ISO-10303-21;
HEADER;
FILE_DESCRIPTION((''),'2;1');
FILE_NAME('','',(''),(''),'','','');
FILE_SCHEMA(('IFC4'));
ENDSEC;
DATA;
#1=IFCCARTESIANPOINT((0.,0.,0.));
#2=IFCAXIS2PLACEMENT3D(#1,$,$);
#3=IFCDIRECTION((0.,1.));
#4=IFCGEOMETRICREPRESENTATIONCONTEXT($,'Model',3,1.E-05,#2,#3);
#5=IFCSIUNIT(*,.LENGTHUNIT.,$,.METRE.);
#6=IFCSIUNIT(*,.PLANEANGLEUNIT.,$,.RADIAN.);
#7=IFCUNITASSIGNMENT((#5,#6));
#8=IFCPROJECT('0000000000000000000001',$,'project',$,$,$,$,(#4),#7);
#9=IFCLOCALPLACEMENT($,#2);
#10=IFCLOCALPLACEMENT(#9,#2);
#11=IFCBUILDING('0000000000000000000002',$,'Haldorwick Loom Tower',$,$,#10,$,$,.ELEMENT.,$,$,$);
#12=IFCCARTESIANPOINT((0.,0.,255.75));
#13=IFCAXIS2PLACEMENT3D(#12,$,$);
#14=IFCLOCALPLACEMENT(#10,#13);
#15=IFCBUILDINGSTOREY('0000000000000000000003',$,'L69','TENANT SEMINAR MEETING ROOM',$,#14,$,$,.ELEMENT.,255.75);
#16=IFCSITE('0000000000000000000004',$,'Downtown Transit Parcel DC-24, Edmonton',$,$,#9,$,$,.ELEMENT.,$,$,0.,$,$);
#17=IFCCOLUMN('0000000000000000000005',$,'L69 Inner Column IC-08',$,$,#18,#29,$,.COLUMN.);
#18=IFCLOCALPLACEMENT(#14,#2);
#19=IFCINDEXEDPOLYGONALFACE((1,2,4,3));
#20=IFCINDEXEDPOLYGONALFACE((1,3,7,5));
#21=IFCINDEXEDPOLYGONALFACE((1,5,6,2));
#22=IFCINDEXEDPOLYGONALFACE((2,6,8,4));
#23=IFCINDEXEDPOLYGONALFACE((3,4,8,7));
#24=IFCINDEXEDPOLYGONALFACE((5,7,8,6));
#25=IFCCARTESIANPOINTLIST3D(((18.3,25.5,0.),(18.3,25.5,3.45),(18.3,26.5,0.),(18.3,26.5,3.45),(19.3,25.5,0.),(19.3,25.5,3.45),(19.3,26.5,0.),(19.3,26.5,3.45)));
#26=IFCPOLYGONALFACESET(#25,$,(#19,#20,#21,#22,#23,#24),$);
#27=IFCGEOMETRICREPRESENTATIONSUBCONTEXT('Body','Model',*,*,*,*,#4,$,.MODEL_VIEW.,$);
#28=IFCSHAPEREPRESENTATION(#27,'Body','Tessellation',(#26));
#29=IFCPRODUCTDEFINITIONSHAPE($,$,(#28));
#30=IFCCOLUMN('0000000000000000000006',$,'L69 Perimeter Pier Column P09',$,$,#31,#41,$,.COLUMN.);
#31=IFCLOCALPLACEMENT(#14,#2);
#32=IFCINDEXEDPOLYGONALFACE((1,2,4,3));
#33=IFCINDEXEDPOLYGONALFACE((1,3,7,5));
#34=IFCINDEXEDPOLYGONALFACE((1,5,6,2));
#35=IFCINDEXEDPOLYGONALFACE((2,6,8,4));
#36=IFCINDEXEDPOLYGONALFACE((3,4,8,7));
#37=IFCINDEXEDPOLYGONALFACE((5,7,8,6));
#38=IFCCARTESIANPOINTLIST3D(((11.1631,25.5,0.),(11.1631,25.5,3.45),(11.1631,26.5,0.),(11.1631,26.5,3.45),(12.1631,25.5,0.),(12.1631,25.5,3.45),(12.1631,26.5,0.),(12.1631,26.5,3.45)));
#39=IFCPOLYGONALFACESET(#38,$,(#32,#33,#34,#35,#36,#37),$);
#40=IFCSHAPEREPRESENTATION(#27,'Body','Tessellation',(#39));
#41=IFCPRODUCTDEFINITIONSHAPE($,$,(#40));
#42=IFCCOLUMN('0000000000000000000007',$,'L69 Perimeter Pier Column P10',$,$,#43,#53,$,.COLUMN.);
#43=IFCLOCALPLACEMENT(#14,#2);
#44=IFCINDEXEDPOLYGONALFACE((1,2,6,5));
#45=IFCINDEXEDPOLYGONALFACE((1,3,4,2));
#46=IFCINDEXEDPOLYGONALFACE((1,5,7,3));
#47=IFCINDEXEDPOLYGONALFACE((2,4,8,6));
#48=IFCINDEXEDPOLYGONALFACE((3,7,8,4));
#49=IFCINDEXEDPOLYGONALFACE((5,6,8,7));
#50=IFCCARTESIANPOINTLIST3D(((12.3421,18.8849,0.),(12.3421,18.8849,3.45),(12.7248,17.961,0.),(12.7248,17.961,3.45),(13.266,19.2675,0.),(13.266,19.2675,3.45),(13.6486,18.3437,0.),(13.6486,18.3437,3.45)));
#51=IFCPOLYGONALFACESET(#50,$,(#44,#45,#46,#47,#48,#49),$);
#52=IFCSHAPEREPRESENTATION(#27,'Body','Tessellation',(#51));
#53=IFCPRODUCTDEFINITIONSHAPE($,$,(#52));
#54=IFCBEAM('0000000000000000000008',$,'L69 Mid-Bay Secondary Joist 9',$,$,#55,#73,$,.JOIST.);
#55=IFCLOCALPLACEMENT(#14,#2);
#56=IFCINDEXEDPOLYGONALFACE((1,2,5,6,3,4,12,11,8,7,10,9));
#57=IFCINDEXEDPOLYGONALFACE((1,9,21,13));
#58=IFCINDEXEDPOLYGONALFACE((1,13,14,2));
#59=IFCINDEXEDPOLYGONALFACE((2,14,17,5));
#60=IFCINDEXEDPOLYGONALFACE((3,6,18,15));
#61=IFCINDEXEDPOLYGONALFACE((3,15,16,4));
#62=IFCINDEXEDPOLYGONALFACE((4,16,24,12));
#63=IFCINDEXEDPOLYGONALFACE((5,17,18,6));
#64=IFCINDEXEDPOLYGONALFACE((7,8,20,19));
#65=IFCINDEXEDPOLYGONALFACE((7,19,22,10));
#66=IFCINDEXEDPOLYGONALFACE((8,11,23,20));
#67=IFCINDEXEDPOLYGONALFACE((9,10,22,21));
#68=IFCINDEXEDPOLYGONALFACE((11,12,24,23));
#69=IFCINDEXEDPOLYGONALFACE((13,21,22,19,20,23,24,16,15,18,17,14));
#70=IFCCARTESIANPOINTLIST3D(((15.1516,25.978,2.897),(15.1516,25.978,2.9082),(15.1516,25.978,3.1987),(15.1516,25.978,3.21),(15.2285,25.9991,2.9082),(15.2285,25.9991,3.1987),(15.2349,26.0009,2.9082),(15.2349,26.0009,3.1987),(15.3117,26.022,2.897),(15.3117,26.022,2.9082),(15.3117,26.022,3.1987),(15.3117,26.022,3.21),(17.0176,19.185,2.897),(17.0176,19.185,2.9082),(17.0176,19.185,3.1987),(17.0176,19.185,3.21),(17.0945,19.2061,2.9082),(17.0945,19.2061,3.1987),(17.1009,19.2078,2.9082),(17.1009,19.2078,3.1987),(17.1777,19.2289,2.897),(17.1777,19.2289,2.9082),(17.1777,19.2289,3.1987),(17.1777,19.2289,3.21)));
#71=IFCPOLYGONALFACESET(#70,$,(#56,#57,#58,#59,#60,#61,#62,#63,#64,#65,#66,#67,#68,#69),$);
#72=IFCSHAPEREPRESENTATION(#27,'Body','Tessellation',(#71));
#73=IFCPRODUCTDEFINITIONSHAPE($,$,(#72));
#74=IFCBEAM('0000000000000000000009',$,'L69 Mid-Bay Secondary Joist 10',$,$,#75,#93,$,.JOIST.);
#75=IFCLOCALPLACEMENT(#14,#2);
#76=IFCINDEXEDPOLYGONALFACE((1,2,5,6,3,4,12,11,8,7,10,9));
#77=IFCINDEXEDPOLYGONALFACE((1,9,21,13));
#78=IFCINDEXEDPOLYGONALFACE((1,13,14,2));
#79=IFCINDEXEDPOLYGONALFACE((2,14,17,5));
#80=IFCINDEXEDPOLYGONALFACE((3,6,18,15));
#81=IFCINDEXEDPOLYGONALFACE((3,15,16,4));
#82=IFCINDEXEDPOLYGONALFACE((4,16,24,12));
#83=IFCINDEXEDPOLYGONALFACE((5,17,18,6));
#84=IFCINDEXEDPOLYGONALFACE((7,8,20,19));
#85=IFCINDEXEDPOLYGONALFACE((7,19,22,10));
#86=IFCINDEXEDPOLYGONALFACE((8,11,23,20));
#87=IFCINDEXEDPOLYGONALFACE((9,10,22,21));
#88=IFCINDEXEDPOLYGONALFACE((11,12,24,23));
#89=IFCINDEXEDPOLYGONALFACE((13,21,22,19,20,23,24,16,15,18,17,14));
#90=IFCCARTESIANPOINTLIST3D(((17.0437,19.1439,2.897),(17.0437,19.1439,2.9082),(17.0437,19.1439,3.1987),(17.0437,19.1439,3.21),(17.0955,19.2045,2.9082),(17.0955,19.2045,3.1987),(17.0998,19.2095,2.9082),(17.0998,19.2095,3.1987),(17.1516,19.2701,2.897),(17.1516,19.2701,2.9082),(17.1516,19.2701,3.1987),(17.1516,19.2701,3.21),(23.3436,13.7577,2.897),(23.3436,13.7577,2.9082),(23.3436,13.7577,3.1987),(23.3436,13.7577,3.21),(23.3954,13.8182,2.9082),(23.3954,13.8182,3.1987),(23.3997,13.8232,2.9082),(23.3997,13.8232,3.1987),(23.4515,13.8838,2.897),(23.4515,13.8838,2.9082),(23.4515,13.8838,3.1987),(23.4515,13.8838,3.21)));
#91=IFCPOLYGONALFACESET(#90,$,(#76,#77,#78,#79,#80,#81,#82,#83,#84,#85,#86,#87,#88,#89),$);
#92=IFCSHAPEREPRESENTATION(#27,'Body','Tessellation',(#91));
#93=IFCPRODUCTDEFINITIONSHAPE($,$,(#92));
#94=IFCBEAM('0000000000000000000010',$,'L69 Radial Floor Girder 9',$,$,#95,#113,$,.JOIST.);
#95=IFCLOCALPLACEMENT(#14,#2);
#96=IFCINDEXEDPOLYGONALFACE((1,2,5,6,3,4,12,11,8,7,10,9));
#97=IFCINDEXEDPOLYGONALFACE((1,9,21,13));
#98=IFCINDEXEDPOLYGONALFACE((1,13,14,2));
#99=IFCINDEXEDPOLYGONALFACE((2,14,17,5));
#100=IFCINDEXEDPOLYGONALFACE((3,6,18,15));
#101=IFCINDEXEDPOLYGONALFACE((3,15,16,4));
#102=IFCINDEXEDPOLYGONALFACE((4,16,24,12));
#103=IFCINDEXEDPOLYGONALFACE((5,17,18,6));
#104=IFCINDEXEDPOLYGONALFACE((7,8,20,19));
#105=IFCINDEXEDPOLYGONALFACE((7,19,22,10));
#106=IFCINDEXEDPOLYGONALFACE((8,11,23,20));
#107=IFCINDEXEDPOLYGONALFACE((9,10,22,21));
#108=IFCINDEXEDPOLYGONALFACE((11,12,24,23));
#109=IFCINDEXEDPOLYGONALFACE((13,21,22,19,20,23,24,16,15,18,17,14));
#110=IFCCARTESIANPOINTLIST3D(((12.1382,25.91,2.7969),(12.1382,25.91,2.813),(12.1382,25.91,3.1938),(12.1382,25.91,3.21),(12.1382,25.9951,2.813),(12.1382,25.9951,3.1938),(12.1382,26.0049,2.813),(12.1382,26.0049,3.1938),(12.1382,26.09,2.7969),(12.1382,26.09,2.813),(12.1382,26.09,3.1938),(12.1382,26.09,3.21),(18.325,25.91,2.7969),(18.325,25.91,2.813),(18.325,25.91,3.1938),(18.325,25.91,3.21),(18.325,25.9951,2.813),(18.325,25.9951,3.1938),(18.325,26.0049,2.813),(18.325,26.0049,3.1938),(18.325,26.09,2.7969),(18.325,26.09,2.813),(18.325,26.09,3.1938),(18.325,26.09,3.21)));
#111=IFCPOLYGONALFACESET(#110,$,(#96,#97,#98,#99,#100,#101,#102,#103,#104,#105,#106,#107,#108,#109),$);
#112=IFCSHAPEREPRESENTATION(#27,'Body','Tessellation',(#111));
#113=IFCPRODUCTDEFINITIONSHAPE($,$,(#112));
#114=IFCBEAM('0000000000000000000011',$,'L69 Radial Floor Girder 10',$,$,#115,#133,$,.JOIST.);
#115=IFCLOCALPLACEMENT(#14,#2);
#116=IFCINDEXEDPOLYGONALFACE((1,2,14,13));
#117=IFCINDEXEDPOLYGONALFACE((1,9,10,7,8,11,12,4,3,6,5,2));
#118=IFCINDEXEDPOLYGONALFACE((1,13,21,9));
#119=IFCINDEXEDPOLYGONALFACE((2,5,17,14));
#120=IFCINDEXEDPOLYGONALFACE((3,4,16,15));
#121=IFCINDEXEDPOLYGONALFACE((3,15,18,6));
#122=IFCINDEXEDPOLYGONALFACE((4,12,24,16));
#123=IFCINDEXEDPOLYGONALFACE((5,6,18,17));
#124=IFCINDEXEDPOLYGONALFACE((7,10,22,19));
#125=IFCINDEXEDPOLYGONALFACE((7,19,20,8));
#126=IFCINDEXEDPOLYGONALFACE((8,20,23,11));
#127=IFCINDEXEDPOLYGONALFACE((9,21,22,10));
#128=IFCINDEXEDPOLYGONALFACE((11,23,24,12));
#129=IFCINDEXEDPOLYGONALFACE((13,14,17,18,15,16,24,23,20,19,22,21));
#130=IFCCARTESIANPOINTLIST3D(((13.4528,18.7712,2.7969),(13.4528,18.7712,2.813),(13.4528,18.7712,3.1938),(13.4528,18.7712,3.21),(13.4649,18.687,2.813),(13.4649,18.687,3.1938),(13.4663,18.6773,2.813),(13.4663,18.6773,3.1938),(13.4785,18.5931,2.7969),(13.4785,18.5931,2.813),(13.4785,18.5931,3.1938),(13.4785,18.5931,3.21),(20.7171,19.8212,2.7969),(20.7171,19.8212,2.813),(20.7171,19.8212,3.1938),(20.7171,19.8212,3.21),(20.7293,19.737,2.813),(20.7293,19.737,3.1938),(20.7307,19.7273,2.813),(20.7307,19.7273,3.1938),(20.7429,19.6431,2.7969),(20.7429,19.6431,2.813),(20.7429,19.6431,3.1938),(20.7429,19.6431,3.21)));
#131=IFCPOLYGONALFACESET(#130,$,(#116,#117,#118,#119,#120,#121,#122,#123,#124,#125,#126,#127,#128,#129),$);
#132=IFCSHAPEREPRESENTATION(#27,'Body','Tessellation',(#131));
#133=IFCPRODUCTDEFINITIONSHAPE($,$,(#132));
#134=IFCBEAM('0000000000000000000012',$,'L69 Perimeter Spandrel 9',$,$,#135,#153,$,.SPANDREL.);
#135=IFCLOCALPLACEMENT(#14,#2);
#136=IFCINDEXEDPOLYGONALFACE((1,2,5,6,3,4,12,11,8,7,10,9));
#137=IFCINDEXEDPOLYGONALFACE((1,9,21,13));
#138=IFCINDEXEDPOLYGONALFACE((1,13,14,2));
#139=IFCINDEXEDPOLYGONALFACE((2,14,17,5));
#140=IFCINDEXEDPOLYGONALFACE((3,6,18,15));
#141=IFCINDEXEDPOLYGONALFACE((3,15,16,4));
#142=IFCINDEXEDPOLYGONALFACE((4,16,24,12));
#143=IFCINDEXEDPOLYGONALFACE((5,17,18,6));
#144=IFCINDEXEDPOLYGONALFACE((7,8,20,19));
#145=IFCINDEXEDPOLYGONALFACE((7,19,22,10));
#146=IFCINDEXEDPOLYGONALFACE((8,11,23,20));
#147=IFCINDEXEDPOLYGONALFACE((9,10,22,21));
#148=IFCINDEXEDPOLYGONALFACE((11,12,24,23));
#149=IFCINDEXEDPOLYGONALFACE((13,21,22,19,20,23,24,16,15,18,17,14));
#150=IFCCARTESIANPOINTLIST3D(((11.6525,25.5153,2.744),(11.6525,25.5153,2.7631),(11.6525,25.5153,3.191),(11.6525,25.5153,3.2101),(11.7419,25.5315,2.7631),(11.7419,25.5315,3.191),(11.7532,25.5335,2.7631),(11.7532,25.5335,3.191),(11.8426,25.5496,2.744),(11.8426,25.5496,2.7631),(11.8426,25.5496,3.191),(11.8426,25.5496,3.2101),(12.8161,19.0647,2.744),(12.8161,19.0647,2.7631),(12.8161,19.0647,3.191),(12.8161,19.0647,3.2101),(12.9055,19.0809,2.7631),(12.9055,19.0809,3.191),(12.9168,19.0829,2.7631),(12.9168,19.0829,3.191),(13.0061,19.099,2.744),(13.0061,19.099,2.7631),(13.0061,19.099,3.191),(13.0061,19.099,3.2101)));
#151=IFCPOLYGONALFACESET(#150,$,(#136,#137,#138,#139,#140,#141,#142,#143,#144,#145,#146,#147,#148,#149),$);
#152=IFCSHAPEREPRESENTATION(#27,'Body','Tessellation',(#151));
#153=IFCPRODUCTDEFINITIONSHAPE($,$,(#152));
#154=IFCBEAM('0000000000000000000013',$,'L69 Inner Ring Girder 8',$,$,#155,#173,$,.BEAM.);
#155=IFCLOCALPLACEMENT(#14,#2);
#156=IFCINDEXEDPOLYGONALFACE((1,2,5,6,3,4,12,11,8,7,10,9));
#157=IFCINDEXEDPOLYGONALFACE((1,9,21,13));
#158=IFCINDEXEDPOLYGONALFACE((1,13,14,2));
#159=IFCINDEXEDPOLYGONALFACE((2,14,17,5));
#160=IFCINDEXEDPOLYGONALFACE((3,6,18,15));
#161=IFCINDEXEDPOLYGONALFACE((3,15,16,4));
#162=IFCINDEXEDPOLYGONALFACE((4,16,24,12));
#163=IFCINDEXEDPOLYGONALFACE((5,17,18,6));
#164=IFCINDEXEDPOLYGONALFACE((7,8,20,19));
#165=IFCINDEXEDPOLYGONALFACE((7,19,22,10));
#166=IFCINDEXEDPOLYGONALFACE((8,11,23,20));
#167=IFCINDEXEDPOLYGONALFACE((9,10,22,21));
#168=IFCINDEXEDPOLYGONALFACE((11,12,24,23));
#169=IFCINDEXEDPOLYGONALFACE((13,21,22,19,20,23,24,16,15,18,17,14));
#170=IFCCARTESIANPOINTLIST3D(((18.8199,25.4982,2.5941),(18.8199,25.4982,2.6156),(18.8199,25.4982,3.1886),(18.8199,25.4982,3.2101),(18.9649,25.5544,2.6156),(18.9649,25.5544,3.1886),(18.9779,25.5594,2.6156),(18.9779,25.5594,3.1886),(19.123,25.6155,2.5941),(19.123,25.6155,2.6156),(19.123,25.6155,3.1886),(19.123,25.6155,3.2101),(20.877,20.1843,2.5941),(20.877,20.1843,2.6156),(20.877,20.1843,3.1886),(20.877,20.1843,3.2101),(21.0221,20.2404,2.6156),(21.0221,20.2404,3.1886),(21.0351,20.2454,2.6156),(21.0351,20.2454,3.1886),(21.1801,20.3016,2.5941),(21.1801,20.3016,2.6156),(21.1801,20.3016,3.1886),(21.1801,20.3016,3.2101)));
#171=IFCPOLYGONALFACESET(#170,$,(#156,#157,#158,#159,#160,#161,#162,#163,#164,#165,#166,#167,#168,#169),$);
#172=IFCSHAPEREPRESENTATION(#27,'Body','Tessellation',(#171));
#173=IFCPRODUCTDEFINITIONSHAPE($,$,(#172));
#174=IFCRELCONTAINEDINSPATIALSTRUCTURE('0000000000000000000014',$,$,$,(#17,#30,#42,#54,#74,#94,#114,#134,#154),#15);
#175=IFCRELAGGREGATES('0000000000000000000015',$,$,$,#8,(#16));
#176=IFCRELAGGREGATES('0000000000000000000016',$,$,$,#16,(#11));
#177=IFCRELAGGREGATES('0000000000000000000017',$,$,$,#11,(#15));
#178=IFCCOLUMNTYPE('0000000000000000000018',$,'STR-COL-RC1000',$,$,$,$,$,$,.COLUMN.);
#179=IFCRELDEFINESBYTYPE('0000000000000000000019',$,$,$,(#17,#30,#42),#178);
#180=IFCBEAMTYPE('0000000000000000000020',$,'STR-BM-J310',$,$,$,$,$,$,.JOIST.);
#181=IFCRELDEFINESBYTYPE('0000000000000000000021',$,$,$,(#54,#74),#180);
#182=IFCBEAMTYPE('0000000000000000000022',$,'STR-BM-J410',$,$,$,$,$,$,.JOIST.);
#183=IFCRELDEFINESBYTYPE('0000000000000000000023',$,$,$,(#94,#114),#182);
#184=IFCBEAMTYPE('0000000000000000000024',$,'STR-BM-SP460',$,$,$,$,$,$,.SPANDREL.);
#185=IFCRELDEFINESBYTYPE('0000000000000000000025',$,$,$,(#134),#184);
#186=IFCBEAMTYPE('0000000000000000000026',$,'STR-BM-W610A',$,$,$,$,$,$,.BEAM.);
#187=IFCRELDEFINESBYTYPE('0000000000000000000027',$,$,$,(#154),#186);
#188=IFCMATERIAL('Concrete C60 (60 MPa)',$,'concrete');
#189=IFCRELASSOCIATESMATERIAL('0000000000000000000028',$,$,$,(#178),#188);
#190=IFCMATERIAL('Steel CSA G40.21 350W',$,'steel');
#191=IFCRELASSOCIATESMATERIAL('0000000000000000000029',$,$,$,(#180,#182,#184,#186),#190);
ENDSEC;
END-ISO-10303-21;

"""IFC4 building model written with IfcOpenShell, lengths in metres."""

from ifc_helpers import new_model, si_unit, direction, frame, origin, origin_2d, place, context, subcontext, project, spatial, rectangle, i_section, extrude, material, material_profile, profile_set, type_object, element, save


model = new_model("IFC4")

# Units and contexts
model_context = context("Model", 3, precision=1e-05, world=origin(), true_north=direction((0.0, 1.0)))
body_context = subcontext(model_context, "Body", "Model", "MODEL_VIEW")
ifc_project = project(units=[si_unit("LENGTHUNIT", "METRE"), si_unit("PLANEANGLEUNIT", "RADIAN")], contexts=[model_context])

# Site, building, storey
site_placement = place(None, origin())
site = spatial("IfcSite", under=ifc_project, at=site_placement, Name="Downtown Transit Parcel DC-24, Edmonton", CompositionType="ELEMENT", RefElevation=0.0)
building_placement = place(site_placement, origin())
building = spatial("IfcBuilding", under=site, at=building_placement, Name="Haldorwick Loom Tower", CompositionType="ELEMENT")
storey_placement = place(building_placement, frame((0.0, 0.0, 255.75)))
storey = spatial("IfcBuildingStorey", under=building, at=storey_placement, Name="L69", Description="TENANT SEMINAR MEETING ROOM", CompositionType="ELEMENT", Elevation=255.75)

# Columns
ifc_material_1 = material(Name="Concrete C60 (60 MPa)", Category="concrete")
ifc_material_profile_1 = material_profile(ifc_material_1, rectangle(XDim=1.0, YDim=1.0, at=origin_2d()), Name="RC1000X1000", Category="concrete")
ifc_profile_set_1 = profile_set([ifc_material_profile_1], Name="Concrete C60 (60 MPa)")
column_type = type_object("IfcColumnType", Name="STR-COL-RC1000", PredefinedType="COLUMN", material=ifc_profile_set_1)
for number, where, z_axis, x_axis, name in (
    (1, (18.8, 26.0, 0.0), (0.0, 0.0, 1.0), (1.0, 0.0, 0.0), "L69 Inner Column IC-08"),
    (2, (11.6631, 26.0, 0.0), (0.0, 0.0, 1.0), (-1.0, 0.0, 0.0), "L69 Perimeter Pier Column P09"),
    (3, (12.9954, 18.6143, 0.0), (0.0, 0.0, 1.0), (-0.92388, -0.382683, 0.0), "L69 Perimeter Pier Column P10"),
):
    element("IfcColumn", number, at=place(storey_placement, frame(where, z_axis=z_axis, x_axis=x_axis)), inside=storey, type_object=column_type, Name=name, PredefinedType="COLUMN", context=body_context, shape_type="SweptSolid", body=[
        extrude(rectangle(XDim=1.0, YDim=1.0, at=origin_2d()), origin(), (0.0, 0.0, 1.0), 3.45),
    ])

# Beams
ifc_material_2 = material(Name="Steel CSA G40.21 350W", Category="steel")
ifc_material_profile_2 = material_profile(ifc_material_2, i_section(OverallWidth=0.166, OverallDepth=0.313, WebThickness=0.0066, FlangeThickness=0.0112, at=origin_2d()), Name="W310X45", Category="steel")
ifc_profile_set_2 = profile_set([ifc_material_profile_2], Name="Steel CSA G40.21 350W")
beam_type_1 = type_object("IfcBeamType", Name="STR-BM-J310", PredefinedType="JOIST", material=ifc_profile_set_2)
beam_1_placement = place(storey_placement, frame((15.2317, 26.0, 3.0535), z_axis=(0.264879, -0.964282, 0.0), x_axis=(0.964282, 0.264879, 0.0)))
element("IfcBeam", 4, at=beam_1_placement, inside=storey, type_object=beam_type_1, Name="L69 Mid-Bay Secondary Joist 9", PredefinedType="JOIST", context=body_context, shape_type="SweptSolid", body=[
    extrude(i_section(OverallWidth=0.166, OverallDepth=0.313, WebThickness=0.0066, FlangeThickness=0.0112, at=origin_2d()), origin(), (0.0, 0.0, 1.0), 7.0447),
])
beam_2_placement = place(storey_placement, frame((17.0977, 19.207, 3.0535), z_axis=(0.760067, -0.649845, 0.0), x_axis=(0.649845, 0.760067, 0.0)))
element("IfcBeam", 5, at=beam_2_placement, inside=storey, type_object=beam_type_1, Name="L69 Mid-Bay Secondary Joist 10", PredefinedType="JOIST", context=body_context, shape_type="SweptSolid", body=[
    extrude(i_section(OverallWidth=0.166, OverallDepth=0.313, WebThickness=0.0066, FlangeThickness=0.0112, at=origin_2d()), origin(), (0.0, 0.0, 1.0), 8.2886),
])
ifc_material_profile_3 = material_profile(ifc_material_2, i_section(OverallWidth=0.1799, OverallDepth=0.4131, WebThickness=0.0098, FlangeThickness=0.0161, at=origin_2d()), Name="W410X74", Category="steel")
ifc_profile_set_3 = profile_set([ifc_material_profile_3], Name="Steel CSA G40.21 350W")
beam_type_2 = type_object("IfcBeamType", Name="STR-BM-J410", PredefinedType="JOIST", material=ifc_profile_set_3)
beam_3_placement = place(storey_placement, frame((18.325, 26.0, 3.0034), z_axis=(-1.0, 0.0, 0.0), x_axis=(0.0, -1.0, 0.0)))
element("IfcBeam", 6, at=beam_3_placement, inside=storey, type_object=beam_type_2, Name="L69 Radial Floor Girder 9", PredefinedType="JOIST", context=body_context, shape_type="SweptSolid", body=[
    extrude(i_section(OverallWidth=0.1799, OverallDepth=0.4131, WebThickness=0.0098, FlangeThickness=0.0161, at=origin_2d()), origin(), (0.0, 0.0, 1.0), 6.1868),
])
beam_4_placement = place(storey_placement, frame((20.73, 19.7322, 3.0034), z_axis=(-0.989714, -0.14306, 0.0), x_axis=(0.14306, -0.989714, 0.0)))
element("IfcBeam", 7, at=beam_4_placement, inside=storey, type_object=beam_type_2, Name="L69 Radial Floor Girder 10", PredefinedType="JOIST", context=body_context, shape_type="SweptSolid", body=[
    extrude(i_section(OverallWidth=0.1799, OverallDepth=0.4131, WebThickness=0.0098, FlangeThickness=0.0161, at=origin_2d()), origin(), (0.0, 0.0, 1.0), 7.3398),
])
ifc_material_profile_4 = material_profile(ifc_material_2, i_section(OverallWidth=0.1931, OverallDepth=0.4661, WebThickness=0.0115, FlangeThickness=0.019, at=origin_2d()), Name="W460X97", Category="steel")
ifc_profile_set_4 = profile_set([ifc_material_profile_4], Name="Steel CSA G40.21 350W")
beam_type_3 = type_object("IfcBeamType", Name="STR-BM-SP460", PredefinedType="SPANDREL", material=ifc_profile_set_4)
beam_5_placement = place(storey_placement, frame((11.7476, 25.5325, 2.9771), z_axis=(0.177515, -0.984118, 0.0), x_axis=(0.984118, 0.177515, 0.0)))
element("IfcBeam", 8, at=beam_5_placement, inside=storey, type_object=beam_type_3, Name="L69 Perimeter Spandrel 9", PredefinedType="SPANDREL", context=body_context, shape_type="SweptSolid", body=[
    extrude(i_section(OverallWidth=0.1931, OverallDepth=0.4661, WebThickness=0.0115, FlangeThickness=0.019, at=origin_2d()), origin(), (0.0, 0.0, 1.0), 6.5547),
])
ifc_material_profile_5 = material_profile(ifc_material_2, i_section(OverallWidth=0.325, OverallDepth=0.616, WebThickness=0.0139, FlangeThickness=0.0215, at=origin_2d()), Name="W610X174", Category="steel")
ifc_profile_set_5 = profile_set([ifc_material_profile_5], Name="Steel CSA G40.21 350W")
beam_type_4 = type_object("IfcBeamType", Name="STR-BM-W610A", PredefinedType="BEAM", material=ifc_profile_set_5)
beam_6_placement = place(storey_placement, frame((21.0286, 20.2429, 2.9021), z_axis=(-0.361011, 0.932562, 0.0), x_axis=(-0.932562, -0.361011, 0.0)))
element("IfcBeam", 9, at=beam_6_placement, inside=storey, type_object=beam_type_4, Name="L69 Inner Ring Girder 8", PredefinedType="BEAM", context=body_context, shape_type="SweptSolid", body=[
    extrude(i_section(OverallWidth=0.325, OverallDepth=0.616, WebThickness=0.0139, FlangeThickness=0.0215, at=origin_2d()), origin(), (0.0, 0.0, 1.0), 5.6982),
])

save(model, "model.ifc")
